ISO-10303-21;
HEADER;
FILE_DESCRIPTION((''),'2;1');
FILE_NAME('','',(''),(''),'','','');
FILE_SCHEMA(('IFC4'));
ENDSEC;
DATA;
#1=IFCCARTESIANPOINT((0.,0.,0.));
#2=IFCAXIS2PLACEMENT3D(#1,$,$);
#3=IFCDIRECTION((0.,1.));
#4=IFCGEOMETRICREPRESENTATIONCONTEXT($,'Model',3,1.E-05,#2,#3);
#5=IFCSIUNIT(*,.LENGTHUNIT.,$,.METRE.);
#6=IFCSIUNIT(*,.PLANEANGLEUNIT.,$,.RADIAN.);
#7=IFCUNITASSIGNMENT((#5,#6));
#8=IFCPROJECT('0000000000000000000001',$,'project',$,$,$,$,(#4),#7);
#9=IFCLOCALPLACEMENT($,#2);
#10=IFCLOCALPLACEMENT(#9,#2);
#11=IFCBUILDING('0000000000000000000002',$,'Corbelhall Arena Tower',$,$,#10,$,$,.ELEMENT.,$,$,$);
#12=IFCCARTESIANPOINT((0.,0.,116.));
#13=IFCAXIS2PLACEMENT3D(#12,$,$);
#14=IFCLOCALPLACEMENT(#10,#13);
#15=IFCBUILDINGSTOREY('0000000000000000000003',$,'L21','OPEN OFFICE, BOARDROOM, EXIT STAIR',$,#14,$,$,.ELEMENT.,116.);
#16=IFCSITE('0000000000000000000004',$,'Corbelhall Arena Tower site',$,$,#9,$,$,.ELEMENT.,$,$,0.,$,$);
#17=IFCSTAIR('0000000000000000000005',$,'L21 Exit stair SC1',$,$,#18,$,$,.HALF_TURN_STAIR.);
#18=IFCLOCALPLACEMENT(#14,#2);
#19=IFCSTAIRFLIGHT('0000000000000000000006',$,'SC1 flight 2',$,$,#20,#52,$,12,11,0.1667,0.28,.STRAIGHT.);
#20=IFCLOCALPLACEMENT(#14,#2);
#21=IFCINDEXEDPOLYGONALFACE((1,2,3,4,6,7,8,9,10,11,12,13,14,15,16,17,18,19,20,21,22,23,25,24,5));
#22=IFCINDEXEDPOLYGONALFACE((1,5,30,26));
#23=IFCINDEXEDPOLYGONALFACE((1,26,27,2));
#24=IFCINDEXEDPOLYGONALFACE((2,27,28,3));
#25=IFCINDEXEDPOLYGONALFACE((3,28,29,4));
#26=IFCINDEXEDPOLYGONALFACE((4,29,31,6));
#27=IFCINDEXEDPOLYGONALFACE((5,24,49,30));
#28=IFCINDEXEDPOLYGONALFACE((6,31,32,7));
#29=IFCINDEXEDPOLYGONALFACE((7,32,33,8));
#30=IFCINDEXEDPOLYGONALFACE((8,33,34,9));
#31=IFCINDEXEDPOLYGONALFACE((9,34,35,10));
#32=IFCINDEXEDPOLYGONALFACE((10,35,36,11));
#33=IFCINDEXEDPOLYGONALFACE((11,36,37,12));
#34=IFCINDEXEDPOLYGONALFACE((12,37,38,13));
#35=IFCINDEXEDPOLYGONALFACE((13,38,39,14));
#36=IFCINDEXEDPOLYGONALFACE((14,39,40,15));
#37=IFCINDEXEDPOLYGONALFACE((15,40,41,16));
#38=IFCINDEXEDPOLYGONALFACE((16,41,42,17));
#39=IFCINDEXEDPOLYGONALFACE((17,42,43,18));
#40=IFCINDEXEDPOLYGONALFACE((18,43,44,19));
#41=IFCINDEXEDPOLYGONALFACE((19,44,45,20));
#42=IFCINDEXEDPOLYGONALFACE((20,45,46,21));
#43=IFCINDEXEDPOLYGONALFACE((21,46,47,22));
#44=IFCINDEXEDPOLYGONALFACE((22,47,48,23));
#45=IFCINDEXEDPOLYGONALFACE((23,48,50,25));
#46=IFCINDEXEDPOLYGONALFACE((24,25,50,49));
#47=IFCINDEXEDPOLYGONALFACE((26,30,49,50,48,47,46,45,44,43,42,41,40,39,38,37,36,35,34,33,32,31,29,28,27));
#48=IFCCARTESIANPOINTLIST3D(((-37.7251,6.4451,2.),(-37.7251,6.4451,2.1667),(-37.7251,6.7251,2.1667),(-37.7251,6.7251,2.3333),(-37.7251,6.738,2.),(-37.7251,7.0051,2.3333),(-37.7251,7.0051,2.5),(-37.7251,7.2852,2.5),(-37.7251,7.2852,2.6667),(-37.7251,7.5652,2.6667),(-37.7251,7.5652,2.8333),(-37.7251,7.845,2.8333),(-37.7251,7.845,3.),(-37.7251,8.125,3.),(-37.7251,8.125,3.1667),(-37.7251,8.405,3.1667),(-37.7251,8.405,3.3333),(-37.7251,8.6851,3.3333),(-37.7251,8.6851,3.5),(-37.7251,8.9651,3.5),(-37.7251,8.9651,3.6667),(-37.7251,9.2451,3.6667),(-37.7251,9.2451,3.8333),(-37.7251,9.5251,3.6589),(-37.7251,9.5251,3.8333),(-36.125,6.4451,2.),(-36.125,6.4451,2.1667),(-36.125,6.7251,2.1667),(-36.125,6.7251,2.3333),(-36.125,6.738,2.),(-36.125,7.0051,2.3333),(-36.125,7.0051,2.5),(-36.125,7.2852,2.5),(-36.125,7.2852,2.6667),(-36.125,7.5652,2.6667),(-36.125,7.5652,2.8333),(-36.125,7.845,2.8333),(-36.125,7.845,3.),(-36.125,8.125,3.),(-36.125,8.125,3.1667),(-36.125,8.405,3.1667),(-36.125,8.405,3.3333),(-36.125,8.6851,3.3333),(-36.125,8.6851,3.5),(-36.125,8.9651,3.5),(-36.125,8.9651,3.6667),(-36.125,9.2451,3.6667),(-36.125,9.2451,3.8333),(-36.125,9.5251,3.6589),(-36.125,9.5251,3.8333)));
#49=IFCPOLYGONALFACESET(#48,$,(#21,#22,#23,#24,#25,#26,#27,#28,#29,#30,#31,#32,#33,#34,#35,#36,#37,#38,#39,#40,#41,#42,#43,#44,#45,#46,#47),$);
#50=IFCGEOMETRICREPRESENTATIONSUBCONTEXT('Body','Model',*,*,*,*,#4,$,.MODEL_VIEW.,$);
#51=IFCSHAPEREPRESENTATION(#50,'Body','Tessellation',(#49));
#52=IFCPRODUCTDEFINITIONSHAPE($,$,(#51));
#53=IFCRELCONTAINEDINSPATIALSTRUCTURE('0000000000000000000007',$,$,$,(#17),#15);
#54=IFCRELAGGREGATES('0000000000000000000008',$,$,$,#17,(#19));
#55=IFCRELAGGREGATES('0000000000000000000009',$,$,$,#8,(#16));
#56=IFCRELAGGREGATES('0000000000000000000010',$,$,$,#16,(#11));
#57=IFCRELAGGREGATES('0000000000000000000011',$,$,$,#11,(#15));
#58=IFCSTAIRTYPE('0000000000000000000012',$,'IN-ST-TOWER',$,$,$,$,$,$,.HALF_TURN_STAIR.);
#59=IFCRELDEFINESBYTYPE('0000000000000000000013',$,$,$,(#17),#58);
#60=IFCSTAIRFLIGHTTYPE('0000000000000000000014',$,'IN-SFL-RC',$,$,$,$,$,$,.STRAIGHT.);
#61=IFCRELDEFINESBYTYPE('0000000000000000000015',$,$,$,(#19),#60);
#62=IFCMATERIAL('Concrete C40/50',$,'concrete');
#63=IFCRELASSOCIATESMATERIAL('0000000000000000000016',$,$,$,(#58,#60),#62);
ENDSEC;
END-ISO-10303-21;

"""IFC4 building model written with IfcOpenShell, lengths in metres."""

from ifc_helpers import new_model, si_unit, direction, frame, origin, place, context, subcontext, project, spatial, polyline, outline, extrude, material, type_object, element, aggregate, save


model = new_model("IFC4")

# Units and contexts
model_context = context("Model", 3, precision=1e-05, world=origin(), true_north=direction((0.0, 1.0)))
body_context = subcontext(model_context, "Body", "Model", "MODEL_VIEW")
ifc_project = project(units=[si_unit("LENGTHUNIT", "METRE"), si_unit("PLANEANGLEUNIT", "RADIAN")], contexts=[model_context])

# Site, building, storey
site_placement = place(None, origin())
site = spatial("IfcSite", under=ifc_project, at=site_placement, Name="Corbelhall Arena Tower site", CompositionType="ELEMENT", RefElevation=0.0)
building_placement = place(site_placement, origin())
building = spatial("IfcBuilding", under=site, at=building_placement, Name="Corbelhall Arena Tower", CompositionType="ELEMENT")
storey_placement = place(building_placement, frame((0.0, 0.0, 116.0)))
storey = spatial("IfcBuildingStorey", under=building, at=storey_placement, Name="L21", Description="OPEN OFFICE, BOARDROOM, EXIT STAIR", CompositionType="ELEMENT", Elevation=116.0)

# Shared definitions
ifc_material_1 = material(Name="Concrete C40/50", Category="concrete")

# Stair, stair flight
stair_type = type_object("IfcStairType", Name="IN-ST-TOWER", PredefinedType="HALF_TURN_STAIR", material=ifc_material_1)
stair_placement = place(storey_placement, origin())
stair = element("IfcStair", 1, at=stair_placement, inside=storey, type_object=stair_type, Name="L21 Exit stair SC1", PredefinedType="HALF_TURN_STAIR")
stair_flight_type = type_object("IfcStairFlightType", Name="IN-SFL-RC", PredefinedType="STRAIGHT", material=ifc_material_1)
stair_flight_1_placement = place(storey_placement, frame((-36.925, 6.4451, 2.0), z_axis=(0.0, 0.0, 1.0), x_axis=(0.0, 1.0, 0.0)))
stair_flight_1 = element("IfcStairFlight", 2, at=stair_flight_1_placement, type_object=stair_flight_type, Name="SC1 flight 2", NumberOfRisers=12, NumberOfTreads=11, PredefinedType="STRAIGHT", RiserHeight=0.1667, TreadLength=0.28, context=body_context, shape_type="SweptSolid", body=[
    extrude(outline(polyline([(0.0, 0.0), (0.0, 0.1667), (0.28, 0.1667), (0.28, 0.3333), (0.5601, 0.3333), (0.5601, 0.5), (0.8401, 0.5), (0.8401, 0.6667), (1.1201, 0.6667), (1.1201, 0.8333), (1.3999, 0.8333), (1.3999, 1.0), (1.6799, 1.0), (1.6799, 1.1667), (1.96, 1.1667), (1.96, 1.3333), (2.24, 1.3333), (2.24, 1.5), (2.52, 1.5), (2.52, 1.6667), (2.8, 1.6667), (2.8, 1.8333), (3.0801, 1.8333), (3.0801, 2.0), (3.0801, 1.6589), (0.293, 0.0), (0.0, 0.0)])), frame((0.0, 0.8, 0.0), z_axis=(0.0, -1.0, 0.0), x_axis=(1.0, 0.0, 0.0)), (0.0, 0.0, 1.0), 1.6001),
])
aggregate(stair, [stair_flight_1])

save(model, "model.ifc")
